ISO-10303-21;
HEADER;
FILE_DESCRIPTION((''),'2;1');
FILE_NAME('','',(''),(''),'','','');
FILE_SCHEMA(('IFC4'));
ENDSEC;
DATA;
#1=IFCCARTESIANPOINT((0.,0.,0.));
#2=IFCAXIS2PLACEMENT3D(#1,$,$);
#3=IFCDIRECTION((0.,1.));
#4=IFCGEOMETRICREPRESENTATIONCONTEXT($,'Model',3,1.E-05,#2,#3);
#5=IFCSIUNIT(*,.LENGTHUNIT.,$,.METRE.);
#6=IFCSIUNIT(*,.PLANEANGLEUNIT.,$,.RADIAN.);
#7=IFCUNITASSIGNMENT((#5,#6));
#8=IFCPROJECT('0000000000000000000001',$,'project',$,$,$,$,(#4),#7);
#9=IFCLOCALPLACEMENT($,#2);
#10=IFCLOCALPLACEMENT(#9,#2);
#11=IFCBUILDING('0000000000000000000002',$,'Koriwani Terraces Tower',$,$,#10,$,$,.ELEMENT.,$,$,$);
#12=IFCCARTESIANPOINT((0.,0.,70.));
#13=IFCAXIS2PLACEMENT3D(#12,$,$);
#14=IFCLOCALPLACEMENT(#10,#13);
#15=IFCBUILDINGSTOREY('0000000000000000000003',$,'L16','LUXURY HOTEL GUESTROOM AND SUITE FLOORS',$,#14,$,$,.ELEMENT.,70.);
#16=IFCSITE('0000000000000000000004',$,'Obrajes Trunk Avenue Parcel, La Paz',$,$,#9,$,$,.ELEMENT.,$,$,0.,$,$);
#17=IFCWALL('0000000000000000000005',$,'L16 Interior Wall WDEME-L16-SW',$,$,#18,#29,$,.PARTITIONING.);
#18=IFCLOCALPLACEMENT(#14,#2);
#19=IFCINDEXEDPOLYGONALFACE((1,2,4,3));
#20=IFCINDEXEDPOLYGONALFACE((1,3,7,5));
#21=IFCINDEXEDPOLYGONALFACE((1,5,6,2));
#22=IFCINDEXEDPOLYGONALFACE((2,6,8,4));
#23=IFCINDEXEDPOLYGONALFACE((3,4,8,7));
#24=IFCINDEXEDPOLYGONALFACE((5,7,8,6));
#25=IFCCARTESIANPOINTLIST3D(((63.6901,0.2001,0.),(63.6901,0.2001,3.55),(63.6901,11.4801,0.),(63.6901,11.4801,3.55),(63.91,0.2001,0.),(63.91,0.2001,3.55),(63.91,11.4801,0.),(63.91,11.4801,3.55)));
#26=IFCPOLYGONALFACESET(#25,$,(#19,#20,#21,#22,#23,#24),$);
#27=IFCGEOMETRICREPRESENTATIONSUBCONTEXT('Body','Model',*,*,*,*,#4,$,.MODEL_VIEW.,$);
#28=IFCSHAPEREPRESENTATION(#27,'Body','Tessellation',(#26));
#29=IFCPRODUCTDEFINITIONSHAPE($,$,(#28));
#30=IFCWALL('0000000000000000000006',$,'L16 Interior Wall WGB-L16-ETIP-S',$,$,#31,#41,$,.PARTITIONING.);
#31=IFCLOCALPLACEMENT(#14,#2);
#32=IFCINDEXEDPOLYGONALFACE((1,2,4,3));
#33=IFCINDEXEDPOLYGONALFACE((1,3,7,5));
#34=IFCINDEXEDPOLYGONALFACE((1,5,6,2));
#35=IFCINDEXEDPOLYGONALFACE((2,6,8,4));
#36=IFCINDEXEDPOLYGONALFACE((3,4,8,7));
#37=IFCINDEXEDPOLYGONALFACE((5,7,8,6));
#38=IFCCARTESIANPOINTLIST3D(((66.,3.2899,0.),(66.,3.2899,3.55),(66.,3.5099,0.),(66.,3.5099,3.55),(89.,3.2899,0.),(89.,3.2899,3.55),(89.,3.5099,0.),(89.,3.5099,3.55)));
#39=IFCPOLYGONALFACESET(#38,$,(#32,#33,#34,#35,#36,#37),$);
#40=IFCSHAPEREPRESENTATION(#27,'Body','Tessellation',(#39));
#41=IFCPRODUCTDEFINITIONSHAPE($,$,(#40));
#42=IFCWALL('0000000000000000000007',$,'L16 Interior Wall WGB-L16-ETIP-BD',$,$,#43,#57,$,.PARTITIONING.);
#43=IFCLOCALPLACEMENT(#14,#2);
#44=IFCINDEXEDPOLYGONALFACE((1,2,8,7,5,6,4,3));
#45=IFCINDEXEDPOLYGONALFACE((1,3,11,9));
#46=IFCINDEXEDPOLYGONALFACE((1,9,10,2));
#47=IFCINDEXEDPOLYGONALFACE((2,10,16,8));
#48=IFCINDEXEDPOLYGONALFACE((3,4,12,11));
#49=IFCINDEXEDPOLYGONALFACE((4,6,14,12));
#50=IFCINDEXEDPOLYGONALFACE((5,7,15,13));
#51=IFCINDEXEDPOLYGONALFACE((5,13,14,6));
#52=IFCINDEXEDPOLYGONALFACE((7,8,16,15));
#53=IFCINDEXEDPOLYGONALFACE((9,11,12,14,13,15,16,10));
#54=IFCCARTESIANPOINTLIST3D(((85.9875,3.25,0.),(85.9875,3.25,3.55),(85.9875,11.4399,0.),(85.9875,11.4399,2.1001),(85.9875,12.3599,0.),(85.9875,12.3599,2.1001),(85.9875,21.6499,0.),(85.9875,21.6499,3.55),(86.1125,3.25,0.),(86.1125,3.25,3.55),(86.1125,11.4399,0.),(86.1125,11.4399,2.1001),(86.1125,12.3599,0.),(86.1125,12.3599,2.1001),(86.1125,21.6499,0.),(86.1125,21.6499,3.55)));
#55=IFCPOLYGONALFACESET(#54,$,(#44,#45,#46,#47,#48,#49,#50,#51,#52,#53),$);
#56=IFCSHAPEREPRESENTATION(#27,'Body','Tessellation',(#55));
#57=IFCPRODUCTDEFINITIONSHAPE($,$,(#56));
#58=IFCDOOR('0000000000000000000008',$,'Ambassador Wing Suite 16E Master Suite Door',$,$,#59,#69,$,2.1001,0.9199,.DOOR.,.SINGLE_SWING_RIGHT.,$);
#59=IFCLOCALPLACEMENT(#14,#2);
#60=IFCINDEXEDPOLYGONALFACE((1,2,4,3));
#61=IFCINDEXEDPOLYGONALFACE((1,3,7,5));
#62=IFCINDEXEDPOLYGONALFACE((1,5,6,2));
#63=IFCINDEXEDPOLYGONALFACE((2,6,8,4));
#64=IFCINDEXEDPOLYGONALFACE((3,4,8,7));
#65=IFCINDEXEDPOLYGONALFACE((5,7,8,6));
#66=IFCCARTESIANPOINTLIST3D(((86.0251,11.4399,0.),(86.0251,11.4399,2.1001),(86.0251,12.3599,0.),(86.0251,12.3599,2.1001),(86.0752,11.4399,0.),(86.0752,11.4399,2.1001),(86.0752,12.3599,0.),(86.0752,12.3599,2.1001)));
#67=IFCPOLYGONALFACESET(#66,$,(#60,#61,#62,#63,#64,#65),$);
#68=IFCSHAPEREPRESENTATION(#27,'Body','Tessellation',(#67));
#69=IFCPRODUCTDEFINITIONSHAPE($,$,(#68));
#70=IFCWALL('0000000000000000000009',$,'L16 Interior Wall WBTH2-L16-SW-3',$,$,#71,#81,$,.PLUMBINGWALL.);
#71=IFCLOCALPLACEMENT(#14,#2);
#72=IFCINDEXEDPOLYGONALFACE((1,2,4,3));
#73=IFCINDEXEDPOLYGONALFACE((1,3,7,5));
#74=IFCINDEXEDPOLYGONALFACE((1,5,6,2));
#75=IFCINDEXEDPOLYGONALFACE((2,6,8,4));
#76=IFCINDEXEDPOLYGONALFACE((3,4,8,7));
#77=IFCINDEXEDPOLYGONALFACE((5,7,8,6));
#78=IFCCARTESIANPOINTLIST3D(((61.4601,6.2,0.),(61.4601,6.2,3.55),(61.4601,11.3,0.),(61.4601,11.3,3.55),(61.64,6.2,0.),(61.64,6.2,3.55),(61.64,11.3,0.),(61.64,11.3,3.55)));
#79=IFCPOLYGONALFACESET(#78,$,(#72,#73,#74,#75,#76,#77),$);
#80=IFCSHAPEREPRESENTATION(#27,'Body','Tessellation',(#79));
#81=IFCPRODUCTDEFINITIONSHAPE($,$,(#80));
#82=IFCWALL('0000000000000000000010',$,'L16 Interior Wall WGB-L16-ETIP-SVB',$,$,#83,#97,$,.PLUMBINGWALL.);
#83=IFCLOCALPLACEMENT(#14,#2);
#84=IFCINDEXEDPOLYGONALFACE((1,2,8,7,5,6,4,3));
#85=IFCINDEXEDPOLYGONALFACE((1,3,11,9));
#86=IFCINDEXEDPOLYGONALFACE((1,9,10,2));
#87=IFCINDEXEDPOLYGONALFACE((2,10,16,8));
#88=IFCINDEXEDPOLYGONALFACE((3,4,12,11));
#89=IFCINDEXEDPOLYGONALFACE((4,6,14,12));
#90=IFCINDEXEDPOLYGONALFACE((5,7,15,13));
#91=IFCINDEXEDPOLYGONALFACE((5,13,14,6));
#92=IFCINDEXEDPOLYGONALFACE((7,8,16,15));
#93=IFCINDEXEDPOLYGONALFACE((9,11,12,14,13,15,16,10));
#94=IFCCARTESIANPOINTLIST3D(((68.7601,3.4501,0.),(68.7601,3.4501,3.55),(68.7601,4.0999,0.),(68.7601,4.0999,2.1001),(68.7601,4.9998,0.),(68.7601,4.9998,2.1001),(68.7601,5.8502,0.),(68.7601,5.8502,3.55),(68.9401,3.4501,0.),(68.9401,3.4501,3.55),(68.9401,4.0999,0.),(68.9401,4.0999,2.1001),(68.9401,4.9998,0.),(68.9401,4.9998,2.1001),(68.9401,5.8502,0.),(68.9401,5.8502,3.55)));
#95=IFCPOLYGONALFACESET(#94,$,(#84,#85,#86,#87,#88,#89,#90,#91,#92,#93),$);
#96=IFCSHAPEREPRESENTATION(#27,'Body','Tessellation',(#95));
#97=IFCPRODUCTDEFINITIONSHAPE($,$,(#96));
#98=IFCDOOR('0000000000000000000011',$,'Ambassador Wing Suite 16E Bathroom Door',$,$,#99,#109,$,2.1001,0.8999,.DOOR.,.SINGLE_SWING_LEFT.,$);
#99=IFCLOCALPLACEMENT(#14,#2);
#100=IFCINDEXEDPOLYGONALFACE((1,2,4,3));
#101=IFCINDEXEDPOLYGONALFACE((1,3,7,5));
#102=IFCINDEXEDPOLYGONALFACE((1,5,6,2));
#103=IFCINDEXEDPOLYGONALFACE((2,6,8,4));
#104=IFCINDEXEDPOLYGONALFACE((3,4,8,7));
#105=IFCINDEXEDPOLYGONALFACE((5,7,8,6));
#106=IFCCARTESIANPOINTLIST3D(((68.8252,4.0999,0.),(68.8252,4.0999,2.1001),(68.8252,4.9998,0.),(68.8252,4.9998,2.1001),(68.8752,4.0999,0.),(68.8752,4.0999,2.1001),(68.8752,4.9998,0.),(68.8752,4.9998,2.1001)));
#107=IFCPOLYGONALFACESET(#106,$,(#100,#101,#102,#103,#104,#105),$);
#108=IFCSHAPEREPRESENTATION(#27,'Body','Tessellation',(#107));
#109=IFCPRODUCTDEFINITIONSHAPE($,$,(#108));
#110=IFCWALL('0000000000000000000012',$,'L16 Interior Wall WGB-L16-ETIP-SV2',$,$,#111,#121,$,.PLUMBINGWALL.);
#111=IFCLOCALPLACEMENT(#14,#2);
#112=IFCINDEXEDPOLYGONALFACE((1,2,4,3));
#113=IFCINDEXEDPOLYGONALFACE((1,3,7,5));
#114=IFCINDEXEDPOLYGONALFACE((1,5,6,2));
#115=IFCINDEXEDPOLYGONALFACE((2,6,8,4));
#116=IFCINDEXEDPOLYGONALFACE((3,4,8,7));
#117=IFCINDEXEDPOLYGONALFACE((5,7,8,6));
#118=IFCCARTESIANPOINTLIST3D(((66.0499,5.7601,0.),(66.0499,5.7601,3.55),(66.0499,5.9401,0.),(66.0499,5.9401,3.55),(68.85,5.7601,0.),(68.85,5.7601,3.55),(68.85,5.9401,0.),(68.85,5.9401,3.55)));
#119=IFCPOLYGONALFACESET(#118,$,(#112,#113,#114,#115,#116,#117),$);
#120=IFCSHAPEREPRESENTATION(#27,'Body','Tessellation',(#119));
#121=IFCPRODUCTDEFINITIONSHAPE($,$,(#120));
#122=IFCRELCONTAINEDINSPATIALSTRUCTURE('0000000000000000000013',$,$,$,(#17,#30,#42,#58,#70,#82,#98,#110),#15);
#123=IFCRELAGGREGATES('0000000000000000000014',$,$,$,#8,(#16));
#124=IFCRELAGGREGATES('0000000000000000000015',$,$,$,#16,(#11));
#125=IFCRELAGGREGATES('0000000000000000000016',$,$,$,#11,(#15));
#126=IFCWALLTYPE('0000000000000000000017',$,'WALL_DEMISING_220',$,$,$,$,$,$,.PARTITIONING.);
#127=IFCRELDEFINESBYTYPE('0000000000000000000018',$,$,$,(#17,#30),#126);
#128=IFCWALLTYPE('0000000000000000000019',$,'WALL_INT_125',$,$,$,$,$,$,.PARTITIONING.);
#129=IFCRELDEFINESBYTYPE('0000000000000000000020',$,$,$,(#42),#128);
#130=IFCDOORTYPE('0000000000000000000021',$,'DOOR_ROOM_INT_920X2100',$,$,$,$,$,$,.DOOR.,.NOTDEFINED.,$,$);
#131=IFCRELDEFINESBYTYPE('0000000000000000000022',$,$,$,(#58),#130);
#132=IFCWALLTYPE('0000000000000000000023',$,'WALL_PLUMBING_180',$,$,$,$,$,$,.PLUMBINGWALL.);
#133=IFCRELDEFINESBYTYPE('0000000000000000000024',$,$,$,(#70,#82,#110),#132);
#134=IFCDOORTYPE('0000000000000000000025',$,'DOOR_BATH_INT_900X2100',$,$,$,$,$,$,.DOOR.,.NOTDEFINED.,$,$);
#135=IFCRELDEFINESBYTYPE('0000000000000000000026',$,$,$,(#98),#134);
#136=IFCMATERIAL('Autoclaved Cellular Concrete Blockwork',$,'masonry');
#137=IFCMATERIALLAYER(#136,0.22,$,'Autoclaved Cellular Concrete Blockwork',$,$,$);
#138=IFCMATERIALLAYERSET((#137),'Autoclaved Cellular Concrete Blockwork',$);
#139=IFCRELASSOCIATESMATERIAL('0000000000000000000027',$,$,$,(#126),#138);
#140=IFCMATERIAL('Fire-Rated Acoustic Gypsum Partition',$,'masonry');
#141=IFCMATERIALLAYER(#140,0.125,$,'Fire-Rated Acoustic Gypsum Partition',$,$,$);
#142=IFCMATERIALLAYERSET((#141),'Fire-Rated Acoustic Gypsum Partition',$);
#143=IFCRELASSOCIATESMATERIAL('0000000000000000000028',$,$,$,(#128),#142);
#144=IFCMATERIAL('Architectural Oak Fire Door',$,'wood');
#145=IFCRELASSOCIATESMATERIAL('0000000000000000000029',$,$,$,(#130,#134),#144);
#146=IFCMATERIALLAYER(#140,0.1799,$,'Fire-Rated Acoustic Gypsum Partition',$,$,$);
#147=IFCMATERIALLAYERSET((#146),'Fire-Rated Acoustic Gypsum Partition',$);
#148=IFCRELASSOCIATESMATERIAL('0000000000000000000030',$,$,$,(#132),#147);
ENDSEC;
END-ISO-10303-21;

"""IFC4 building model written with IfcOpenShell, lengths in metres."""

from ifc_helpers import new_model, si_unit, direction, frame, frame_2d, origin, place, context, subcontext, project, spatial, rectangle, extrude, material, layer, layer_set, type_object, element, fill, save


model = new_model("IFC4")

# Units and contexts
model_context = context("Model", 3, precision=1e-05, world=origin(), true_north=direction((0.0, 1.0)))
body_context = subcontext(model_context, "Body", "Model", "MODEL_VIEW")
ifc_project = project(units=[si_unit("LENGTHUNIT", "METRE"), si_unit("PLANEANGLEUNIT", "RADIAN")], contexts=[model_context])

# Site, building, storey
site_placement = place(None, origin())
site = spatial("IfcSite", under=ifc_project, at=site_placement, Name="Obrajes Trunk Avenue Parcel, La Paz", CompositionType="ELEMENT", RefElevation=0.0)
building_placement = place(site_placement, origin())
building = spatial("IfcBuilding", under=site, at=building_placement, Name="Koriwani Terraces Tower", CompositionType="ELEMENT")
storey_placement = place(building_placement, frame((0.0, 0.0, 70.0)))
storey = spatial("IfcBuildingStorey", under=building, at=storey_placement, Name="L16", Description="LUXURY HOTEL GUESTROOM AND SUITE FLOORS", CompositionType="ELEMENT", Elevation=70.0)

# Shared definitions
ifc_material_1 = material(Name="Autoclaved Cellular Concrete Blockwork", Category="masonry")
ifc_material_2 = material(Name="Architectural Oak Fire Door", Category="wood")

# Walls
ifc_layer_1 = layer(ifc_material_1, 0.22, Name="Autoclaved Cellular Concrete Blockwork")
ifc_layer_set_1 = layer_set([ifc_layer_1], Name="Autoclaved Cellular Concrete Blockwork")
wall_type_1 = type_object("IfcWallType", Name="WALL_DEMISING_220", PredefinedType="PARTITIONING", material=ifc_layer_set_1)
wall_1_placement = place(storey_placement, frame((63.8, 0.2, 0.0), z_axis=(0.0, 0.0, 1.0), x_axis=(0.0, 1.0, 0.0)))
element("IfcWall", 1, at=wall_1_placement, inside=storey, type_object=wall_type_1, Name="L16 Interior Wall WDEME-L16-SW", PredefinedType="PARTITIONING", context=body_context, shape_type="SweptSolid", body=[
    extrude(rectangle(XDim=11.28, YDim=0.22, at=frame_2d((5.6401, 0.0))), origin(), (0.0, 0.0, 1.0), 3.55),
])
wall_2_placement = place(storey_placement, frame((66.0, 3.3999, 0.0), z_axis=(0.0, 0.0, 1.0), x_axis=(1.0, 0.0, 0.0)))
element("IfcWall", 2, at=wall_2_placement, inside=storey, type_object=wall_type_1, Name="L16 Interior Wall WGB-L16-ETIP-S", PredefinedType="PARTITIONING", context=body_context, shape_type="SweptSolid", body=[
    extrude(rectangle(XDim=23.0, YDim=0.22, at=frame_2d((11.5, 0.0))), origin(), (0.0, 0.0, 1.0), 3.55),
])

# Wall, opening, door
ifc_material_3 = material(Name="Fire-Rated Acoustic Gypsum Partition", Category="masonry")
ifc_layer_2 = layer(ifc_material_3, 0.125, Name="Fire-Rated Acoustic Gypsum Partition")
ifc_layer_set_2 = layer_set([ifc_layer_2], Name="Fire-Rated Acoustic Gypsum Partition")
wall_type_2 = type_object("IfcWallType", Name="WALL_INT_125", PredefinedType="PARTITIONING", material=ifc_layer_set_2)
wall_3_placement = place(storey_placement, frame((86.05, 3.25, 0.0), z_axis=(0.0, 0.0, 1.0), x_axis=(0.0, 1.0, 0.0)))
wall_3 = element("IfcWall", 3, at=wall_3_placement, inside=storey, type_object=wall_type_2, Name="L16 Interior Wall WGB-L16-ETIP-BD", PredefinedType="PARTITIONING", context=body_context, shape_type="SweptSolid", body=[
    extrude(rectangle(XDim=18.3999, YDim=0.125, at=frame_2d((9.2, 0.0))), origin(), (0.0, 0.0, 1.0), 3.55),
])
opening_1_placement = place(wall_3_placement, frame((8.1899, 0.0, 0.0)))
opening_1 = element("IfcOpeningElement", 4, at=opening_1_placement, cuts=wall_3, PredefinedType="OPENING", context=body_context, shape_type="SweptSolid", body=[
    extrude(rectangle(XDim=0.9199, YDim=2.1001, at=frame_2d((0.46, 1.05))), frame((0.0, 0.0725, 0.0), z_axis=(0.0, -1.0, 0.0), x_axis=(1.0, 0.0, 0.0)), (0.0, 0.0, 1.0), 0.145),
])
door_type_1 = type_object("IfcDoorType", Name="DOOR_ROOM_INT_920X2100", OperationType="NOTDEFINED", PredefinedType="DOOR", material=ifc_material_2)
door_1_placement = place(opening_1_placement, origin())
door_1 = element("IfcDoor", 5, at=door_1_placement, inside=storey, type_object=door_type_1, Name="Ambassador Wing Suite 16E Master Suite Door", OperationType="SINGLE_SWING_RIGHT", OverallHeight=2.1001, OverallWidth=0.9199, PredefinedType="DOOR", context=body_context, shape_type="SweptSolid", body=[
    extrude(rectangle(XDim=0.9199, YDim=2.1001, at=frame_2d((0.46, 1.05))), frame((0.0, 0.0249, 0.0), z_axis=(0.0, -1.0, 0.0), x_axis=(1.0, 0.0, 0.0)), (0.0, 0.0, 1.0), 0.05),
])
fill(opening_1, door_1)

# Wall
ifc_layer_3 = layer(ifc_material_3, 0.1799, Name="Fire-Rated Acoustic Gypsum Partition")
ifc_layer_set_3 = layer_set([ifc_layer_3], Name="Fire-Rated Acoustic Gypsum Partition")
wall_type_3 = type_object("IfcWallType", Name="WALL_PLUMBING_180", PredefinedType="PLUMBINGWALL", material=ifc_layer_set_3)
wall_4_placement = place(storey_placement, frame((61.55, 6.2, 0.0), z_axis=(0.0, 0.0, 1.0), x_axis=(0.0, 1.0, 0.0)))
element("IfcWall", 6, at=wall_4_placement, inside=storey, type_object=wall_type_3, Name="L16 Interior Wall WBTH2-L16-SW-3", PredefinedType="PLUMBINGWALL", context=body_context, shape_type="SweptSolid", body=[
    extrude(rectangle(XDim=5.1001, YDim=0.1799, at=frame_2d((2.55, 0.0))), origin(), (0.0, 0.0, 1.0), 3.55),
])

# Wall, opening, door
wall_5_placement = place(storey_placement, frame((68.8501, 3.45, 0.0), z_axis=(0.0, 0.0, 1.0), x_axis=(0.0, 1.0, 0.0)))
wall_5 = element("IfcWall", 7, at=wall_5_placement, inside=storey, type_object=wall_type_3, Name="L16 Interior Wall WGB-L16-ETIP-SVB", PredefinedType="PLUMBINGWALL", context=body_context, shape_type="SweptSolid", body=[
    extrude(rectangle(XDim=2.4001, YDim=0.1799, at=frame_2d((1.2002, 0.0))), origin(), (0.0, 0.0, 1.0), 3.55),
])
opening_2_placement = place(wall_5_placement, frame((0.6499, 0.0, 0.0)))
opening_2 = element("IfcOpeningElement", 8, at=opening_2_placement, cuts=wall_5, PredefinedType="OPENING", context=body_context, shape_type="SweptSolid", body=[
    extrude(rectangle(XDim=0.8999, YDim=2.1001, at=frame_2d((0.45, 1.05))), frame((0.0, 0.1001, 0.0), z_axis=(0.0, -1.0, 0.0), x_axis=(1.0, 0.0, 0.0)), (0.0, 0.0, 1.0), 0.2),
])
door_type_2 = type_object("IfcDoorType", Name="DOOR_BATH_INT_900X2100", OperationType="NOTDEFINED", PredefinedType="DOOR", material=ifc_material_2)
door_2_placement = place(opening_2_placement, origin())
door_2 = element("IfcDoor", 9, at=door_2_placement, inside=storey, type_object=door_type_2, Name="Ambassador Wing Suite 16E Bathroom Door", OperationType="SINGLE_SWING_LEFT", OverallHeight=2.1001, OverallWidth=0.8999, PredefinedType="DOOR", context=body_context, shape_type="SweptSolid", body=[
    extrude(rectangle(XDim=0.8999, YDim=2.1001, at=frame_2d((0.45, 1.05))), frame((0.0, 0.0249, 0.0), z_axis=(0.0, -1.0, 0.0), x_axis=(1.0, 0.0, 0.0)), (0.0, 0.0, 1.0), 0.05),
])
fill(opening_2, door_2)

# Wall
wall_6_placement = place(storey_placement, frame((66.05, 5.8501, 0.0), z_axis=(0.0, 0.0, 1.0), x_axis=(1.0, 0.0, 0.0)))
element("IfcWall", 10, at=wall_6_placement, inside=storey, type_object=wall_type_3, Name="L16 Interior Wall WGB-L16-ETIP-SV2", PredefinedType="PLUMBINGWALL", context=body_context, shape_type="SweptSolid", body=[
    extrude(rectangle(XDim=2.8, YDim=0.1799, at=frame_2d((1.3999, 0.0))), origin(), (0.0, 0.0, 1.0), 3.55),
])

save(model, "model.ifc")
